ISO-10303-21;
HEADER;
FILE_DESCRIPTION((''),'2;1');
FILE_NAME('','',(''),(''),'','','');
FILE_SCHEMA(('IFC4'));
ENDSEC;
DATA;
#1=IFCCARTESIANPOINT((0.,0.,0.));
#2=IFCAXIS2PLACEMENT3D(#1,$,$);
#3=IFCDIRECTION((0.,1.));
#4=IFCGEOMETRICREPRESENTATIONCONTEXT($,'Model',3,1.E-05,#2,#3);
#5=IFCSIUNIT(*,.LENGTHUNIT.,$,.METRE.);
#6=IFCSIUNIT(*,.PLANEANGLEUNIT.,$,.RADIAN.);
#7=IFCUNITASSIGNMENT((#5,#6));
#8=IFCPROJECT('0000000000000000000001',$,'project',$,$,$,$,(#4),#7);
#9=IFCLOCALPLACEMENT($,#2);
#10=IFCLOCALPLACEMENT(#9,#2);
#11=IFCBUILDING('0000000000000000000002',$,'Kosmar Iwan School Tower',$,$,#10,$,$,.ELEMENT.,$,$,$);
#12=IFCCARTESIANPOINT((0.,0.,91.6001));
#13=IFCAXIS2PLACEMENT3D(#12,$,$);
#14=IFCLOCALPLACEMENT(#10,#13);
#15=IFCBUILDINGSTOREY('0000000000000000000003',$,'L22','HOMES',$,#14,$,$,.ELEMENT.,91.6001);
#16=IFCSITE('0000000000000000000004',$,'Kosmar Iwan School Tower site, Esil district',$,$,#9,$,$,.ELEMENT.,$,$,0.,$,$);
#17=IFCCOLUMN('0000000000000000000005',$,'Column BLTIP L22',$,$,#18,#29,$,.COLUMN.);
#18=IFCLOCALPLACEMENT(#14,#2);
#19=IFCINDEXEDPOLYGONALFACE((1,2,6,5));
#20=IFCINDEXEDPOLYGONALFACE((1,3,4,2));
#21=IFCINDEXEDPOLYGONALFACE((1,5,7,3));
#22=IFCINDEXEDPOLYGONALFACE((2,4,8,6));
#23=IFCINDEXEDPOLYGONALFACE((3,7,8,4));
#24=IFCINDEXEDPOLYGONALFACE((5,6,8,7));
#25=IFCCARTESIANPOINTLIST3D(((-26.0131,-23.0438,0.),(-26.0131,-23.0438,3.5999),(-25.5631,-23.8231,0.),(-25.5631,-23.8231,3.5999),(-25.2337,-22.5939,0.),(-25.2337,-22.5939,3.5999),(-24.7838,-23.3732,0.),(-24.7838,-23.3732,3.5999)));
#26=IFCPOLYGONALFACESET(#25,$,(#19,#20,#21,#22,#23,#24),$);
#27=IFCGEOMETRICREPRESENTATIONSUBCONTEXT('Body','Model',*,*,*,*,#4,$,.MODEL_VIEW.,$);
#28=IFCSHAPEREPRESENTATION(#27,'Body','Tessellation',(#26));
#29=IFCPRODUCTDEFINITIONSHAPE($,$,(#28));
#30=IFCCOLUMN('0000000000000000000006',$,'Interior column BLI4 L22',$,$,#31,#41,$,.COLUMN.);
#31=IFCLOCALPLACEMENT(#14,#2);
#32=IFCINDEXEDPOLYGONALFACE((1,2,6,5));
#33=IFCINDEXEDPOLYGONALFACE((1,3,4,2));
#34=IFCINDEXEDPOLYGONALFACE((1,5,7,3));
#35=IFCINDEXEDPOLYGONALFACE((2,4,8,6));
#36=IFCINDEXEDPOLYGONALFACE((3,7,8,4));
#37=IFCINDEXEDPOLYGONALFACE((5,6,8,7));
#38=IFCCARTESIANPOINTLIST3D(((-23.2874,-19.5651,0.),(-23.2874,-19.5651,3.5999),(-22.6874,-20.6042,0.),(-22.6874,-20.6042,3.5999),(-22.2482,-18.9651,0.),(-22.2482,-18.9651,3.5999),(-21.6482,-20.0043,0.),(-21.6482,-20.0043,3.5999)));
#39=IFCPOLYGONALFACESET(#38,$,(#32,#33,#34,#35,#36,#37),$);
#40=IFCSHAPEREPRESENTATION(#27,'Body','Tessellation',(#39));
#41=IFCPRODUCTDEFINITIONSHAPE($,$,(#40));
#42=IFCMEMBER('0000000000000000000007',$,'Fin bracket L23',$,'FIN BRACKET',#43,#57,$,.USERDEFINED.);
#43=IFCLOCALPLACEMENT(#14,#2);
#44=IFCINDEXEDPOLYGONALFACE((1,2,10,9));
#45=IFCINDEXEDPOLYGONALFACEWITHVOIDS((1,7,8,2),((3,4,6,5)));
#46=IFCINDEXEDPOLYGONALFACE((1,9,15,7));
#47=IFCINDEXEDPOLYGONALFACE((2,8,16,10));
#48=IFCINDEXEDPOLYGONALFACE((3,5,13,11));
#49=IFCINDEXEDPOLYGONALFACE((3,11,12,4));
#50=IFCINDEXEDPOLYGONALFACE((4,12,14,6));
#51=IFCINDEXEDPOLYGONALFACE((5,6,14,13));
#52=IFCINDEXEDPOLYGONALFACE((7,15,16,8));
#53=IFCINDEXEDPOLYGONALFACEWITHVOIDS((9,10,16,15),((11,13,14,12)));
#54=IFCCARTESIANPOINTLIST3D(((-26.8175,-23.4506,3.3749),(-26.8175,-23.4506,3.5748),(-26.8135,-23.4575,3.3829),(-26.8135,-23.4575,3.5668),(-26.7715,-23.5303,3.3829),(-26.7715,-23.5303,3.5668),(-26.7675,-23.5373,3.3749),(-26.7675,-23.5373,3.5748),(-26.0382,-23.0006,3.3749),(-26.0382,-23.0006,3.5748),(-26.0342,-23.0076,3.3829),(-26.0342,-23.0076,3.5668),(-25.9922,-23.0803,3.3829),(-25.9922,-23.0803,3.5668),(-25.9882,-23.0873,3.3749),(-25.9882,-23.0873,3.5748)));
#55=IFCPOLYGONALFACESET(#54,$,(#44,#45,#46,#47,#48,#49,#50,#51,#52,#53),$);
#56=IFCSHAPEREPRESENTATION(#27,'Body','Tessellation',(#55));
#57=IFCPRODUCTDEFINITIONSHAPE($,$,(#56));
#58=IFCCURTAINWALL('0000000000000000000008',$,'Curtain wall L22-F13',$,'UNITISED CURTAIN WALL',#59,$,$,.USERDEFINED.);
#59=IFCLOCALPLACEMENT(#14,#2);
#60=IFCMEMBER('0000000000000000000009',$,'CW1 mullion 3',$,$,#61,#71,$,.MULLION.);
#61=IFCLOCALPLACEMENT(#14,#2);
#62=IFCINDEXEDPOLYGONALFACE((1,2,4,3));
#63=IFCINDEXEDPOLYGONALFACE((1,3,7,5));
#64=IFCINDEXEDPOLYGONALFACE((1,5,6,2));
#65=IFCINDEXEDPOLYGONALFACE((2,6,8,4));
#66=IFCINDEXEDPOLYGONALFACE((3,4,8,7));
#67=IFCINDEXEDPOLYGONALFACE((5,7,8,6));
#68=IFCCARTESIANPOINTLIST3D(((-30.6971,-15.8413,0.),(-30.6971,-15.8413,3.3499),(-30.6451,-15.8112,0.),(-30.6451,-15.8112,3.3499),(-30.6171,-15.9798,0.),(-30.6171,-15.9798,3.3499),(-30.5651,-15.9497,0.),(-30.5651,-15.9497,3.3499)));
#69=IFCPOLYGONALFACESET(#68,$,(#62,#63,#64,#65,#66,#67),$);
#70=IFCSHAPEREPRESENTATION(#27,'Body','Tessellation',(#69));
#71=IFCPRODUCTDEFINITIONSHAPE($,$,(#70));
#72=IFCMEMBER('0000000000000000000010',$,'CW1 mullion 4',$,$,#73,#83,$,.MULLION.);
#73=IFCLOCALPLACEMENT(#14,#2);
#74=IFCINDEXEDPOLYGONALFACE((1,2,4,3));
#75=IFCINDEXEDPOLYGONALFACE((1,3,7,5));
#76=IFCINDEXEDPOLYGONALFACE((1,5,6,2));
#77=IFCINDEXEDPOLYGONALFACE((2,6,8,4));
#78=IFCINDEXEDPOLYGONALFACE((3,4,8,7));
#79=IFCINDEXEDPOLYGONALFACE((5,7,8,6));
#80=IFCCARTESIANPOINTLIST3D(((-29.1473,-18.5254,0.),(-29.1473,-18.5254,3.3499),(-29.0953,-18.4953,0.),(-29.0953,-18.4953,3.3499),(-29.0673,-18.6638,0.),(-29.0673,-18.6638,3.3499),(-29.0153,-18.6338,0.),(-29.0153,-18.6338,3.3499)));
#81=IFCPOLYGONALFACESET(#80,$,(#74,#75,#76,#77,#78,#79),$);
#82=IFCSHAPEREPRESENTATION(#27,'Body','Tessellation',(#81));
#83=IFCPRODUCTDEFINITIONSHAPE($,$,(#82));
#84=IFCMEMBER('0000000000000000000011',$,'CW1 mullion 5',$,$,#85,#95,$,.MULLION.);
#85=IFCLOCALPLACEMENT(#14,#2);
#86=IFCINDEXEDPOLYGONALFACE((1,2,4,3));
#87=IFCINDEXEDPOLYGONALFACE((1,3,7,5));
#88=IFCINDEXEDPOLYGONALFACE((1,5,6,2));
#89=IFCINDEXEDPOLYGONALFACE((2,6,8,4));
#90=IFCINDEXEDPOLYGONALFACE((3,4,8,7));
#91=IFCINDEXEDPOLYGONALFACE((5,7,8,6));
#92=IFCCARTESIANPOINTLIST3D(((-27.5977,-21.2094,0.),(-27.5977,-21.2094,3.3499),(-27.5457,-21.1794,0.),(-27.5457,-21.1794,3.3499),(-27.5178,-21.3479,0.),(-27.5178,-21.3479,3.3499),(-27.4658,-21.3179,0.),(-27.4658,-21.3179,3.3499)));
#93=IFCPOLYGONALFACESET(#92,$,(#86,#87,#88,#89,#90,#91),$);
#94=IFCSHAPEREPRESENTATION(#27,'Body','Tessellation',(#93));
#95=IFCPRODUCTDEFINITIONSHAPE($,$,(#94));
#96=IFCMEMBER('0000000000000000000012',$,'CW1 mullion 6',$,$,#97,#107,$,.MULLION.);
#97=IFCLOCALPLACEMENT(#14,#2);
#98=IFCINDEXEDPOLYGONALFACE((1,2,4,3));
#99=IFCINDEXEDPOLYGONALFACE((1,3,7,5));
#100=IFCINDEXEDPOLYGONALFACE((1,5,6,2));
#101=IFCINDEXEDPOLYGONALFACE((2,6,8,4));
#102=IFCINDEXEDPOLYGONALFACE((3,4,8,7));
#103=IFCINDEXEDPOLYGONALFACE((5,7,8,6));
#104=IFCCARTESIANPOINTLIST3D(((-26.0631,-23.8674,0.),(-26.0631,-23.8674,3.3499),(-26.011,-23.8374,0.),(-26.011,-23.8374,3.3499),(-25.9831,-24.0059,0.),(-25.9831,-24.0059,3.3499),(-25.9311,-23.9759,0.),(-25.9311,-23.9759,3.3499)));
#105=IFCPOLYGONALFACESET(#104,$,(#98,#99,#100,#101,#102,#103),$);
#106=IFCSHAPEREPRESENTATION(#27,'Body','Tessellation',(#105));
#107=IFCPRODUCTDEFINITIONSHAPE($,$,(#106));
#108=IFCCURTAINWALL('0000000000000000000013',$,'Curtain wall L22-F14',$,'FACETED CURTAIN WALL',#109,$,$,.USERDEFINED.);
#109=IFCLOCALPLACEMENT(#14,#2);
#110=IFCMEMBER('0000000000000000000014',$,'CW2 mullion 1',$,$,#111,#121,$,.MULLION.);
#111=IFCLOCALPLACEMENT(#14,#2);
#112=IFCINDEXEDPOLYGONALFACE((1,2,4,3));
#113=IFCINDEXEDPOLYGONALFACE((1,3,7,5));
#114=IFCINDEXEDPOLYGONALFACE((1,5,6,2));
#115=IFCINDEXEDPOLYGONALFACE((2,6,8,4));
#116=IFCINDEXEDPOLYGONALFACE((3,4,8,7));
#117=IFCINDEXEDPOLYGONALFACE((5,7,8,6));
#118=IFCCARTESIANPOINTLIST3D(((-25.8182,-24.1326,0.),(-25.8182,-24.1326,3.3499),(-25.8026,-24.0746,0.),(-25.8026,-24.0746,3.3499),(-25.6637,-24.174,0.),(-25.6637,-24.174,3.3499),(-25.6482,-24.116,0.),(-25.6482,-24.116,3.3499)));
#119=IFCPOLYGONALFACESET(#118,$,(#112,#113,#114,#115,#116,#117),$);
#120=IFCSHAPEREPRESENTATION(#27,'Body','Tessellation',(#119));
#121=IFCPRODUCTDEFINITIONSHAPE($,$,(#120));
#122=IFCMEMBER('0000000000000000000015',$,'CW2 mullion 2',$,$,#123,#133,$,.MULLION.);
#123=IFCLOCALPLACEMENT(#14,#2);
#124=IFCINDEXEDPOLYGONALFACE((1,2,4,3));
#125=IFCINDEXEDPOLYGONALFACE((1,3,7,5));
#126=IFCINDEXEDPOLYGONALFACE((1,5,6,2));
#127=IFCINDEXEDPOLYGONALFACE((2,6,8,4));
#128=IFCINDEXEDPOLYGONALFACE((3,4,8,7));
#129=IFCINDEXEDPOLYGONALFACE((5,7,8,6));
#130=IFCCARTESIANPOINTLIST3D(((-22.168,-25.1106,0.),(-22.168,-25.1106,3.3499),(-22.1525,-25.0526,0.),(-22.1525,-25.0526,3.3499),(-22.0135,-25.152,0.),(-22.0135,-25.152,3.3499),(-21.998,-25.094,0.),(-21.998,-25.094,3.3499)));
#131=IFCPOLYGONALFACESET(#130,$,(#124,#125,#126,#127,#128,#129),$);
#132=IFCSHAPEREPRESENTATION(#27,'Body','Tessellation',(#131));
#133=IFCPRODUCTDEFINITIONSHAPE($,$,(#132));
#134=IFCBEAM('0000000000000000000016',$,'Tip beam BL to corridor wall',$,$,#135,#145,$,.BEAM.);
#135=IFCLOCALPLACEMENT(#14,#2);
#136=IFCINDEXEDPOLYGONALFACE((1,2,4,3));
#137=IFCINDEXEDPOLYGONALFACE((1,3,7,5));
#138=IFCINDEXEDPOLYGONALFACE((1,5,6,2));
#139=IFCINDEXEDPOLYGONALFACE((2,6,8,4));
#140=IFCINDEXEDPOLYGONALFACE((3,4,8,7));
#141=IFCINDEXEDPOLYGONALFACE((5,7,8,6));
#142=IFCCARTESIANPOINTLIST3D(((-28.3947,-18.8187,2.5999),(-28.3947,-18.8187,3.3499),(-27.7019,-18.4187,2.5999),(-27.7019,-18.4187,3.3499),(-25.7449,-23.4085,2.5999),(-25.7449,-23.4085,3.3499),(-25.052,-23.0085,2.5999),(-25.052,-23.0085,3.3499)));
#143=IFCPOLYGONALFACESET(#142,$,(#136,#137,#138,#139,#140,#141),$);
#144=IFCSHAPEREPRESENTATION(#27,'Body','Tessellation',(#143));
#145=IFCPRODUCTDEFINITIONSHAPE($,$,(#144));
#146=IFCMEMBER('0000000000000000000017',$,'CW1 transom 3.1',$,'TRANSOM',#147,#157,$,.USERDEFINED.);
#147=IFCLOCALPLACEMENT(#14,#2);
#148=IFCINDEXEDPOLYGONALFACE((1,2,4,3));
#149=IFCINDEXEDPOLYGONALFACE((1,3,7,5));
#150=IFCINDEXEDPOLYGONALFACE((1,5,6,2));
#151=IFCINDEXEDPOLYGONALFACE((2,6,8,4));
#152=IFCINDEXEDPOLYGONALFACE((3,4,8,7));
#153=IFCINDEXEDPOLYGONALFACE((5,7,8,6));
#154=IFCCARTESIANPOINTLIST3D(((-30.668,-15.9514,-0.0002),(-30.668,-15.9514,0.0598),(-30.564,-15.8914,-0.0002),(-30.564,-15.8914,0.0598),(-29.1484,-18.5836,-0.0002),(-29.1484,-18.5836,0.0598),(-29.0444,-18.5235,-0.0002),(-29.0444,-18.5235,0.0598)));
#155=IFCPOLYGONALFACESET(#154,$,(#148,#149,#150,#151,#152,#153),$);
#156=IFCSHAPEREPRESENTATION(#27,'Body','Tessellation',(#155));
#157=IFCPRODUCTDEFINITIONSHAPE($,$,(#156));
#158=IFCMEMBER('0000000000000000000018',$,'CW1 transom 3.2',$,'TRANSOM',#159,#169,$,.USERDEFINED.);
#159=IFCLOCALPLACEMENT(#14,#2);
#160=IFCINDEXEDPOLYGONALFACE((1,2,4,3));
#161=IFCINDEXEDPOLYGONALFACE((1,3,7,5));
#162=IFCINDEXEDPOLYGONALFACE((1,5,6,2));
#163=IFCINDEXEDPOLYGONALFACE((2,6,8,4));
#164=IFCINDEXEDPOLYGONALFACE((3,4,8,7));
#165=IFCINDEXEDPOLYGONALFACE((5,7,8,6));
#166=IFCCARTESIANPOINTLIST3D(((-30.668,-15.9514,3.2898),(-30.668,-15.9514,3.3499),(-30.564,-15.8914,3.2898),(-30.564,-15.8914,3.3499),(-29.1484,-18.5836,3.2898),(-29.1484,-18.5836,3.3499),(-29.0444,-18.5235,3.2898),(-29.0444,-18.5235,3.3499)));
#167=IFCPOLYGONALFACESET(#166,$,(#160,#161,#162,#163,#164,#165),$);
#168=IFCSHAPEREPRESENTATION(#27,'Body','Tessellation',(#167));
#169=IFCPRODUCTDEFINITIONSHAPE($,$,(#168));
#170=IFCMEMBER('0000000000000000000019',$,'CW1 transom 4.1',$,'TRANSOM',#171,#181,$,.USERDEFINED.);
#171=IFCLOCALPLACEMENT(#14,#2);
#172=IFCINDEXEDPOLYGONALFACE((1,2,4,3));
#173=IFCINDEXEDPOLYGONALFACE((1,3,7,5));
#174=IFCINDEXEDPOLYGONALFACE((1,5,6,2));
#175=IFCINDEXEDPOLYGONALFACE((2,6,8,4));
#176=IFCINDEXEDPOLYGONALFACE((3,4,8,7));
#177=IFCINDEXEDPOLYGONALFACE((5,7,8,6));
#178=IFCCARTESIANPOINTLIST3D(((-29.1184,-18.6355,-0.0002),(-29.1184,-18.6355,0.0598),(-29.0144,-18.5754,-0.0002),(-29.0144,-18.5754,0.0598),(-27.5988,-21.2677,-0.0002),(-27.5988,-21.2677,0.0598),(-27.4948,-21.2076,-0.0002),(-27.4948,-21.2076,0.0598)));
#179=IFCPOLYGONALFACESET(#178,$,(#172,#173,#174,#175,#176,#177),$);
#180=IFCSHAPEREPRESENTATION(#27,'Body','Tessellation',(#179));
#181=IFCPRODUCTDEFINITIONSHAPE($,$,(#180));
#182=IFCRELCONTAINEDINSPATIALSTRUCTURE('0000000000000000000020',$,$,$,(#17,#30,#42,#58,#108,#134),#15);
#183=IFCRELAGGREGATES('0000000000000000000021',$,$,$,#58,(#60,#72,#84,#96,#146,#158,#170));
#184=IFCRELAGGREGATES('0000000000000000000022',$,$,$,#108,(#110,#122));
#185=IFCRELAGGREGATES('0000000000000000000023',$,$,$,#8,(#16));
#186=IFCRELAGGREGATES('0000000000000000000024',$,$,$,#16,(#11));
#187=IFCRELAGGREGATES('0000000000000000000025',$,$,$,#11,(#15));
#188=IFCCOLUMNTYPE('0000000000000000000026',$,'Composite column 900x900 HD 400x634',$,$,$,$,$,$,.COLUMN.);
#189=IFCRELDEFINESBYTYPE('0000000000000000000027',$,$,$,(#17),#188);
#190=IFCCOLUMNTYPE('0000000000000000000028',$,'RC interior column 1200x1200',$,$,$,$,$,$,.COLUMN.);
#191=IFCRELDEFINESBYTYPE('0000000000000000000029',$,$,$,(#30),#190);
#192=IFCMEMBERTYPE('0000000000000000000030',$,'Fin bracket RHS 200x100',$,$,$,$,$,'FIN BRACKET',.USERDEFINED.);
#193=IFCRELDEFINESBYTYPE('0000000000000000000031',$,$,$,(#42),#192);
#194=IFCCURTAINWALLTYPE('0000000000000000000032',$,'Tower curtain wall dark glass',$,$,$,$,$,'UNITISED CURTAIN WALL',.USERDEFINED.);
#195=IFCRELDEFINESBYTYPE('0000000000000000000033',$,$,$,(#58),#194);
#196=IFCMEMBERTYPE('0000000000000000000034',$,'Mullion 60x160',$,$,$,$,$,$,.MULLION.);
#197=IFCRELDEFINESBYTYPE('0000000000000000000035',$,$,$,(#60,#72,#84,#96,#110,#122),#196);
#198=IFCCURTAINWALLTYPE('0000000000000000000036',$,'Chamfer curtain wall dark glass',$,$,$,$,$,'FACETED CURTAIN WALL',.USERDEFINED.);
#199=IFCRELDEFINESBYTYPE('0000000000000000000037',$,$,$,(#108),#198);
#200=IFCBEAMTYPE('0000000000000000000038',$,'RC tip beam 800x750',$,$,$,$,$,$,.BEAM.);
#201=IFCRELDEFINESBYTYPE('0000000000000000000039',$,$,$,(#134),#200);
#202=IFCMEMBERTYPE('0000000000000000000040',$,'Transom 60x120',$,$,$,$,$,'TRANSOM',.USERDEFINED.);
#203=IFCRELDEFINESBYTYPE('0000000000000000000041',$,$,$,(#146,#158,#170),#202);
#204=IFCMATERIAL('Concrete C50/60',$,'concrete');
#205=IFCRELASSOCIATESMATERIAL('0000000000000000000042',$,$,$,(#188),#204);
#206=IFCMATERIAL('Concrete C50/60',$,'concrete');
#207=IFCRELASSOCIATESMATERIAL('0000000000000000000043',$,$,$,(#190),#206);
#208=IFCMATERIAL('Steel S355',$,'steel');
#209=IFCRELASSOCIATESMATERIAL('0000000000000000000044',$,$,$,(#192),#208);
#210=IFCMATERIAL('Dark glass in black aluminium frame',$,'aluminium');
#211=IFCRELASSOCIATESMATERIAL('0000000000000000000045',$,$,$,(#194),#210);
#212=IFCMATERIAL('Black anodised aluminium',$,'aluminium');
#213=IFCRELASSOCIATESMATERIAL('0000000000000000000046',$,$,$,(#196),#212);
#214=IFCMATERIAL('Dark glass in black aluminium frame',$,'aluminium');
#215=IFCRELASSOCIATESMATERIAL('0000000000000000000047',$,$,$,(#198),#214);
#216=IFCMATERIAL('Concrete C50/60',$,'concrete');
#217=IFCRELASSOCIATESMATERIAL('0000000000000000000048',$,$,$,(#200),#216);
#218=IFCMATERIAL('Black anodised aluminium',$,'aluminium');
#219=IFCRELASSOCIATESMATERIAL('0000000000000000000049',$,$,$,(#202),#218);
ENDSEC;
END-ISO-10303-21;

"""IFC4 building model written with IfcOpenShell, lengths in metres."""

from ifc_helpers import new_model, si_unit, direction, frame, origin, origin_2d, place, context, subcontext, project, spatial, rectangle, hollow_rectangle, extrude, material, material_profile, profile_set, type_object, element, aggregate, save


model = new_model("IFC4")

# Units and contexts
model_context = context("Model", 3, precision=1e-05, world=origin(), true_north=direction((0.0, 1.0)))
body_context = subcontext(model_context, "Body", "Model", "MODEL_VIEW")
ifc_project = project(units=[si_unit("LENGTHUNIT", "METRE"), si_unit("PLANEANGLEUNIT", "RADIAN")], contexts=[model_context])

# Site, building, storey
site_placement = place(None, origin())
site = spatial("IfcSite", under=ifc_project, at=site_placement, Name="Kosmar Iwan School Tower site, Esil district", CompositionType="ELEMENT", RefElevation=0.0)
building_placement = place(site_placement, origin())
building = spatial("IfcBuilding", under=site, at=building_placement, Name="Kosmar Iwan School Tower", CompositionType="ELEMENT")
storey_placement = place(building_placement, frame((0.0, 0.0, 91.6001)))
storey = spatial("IfcBuildingStorey", under=building, at=storey_placement, Name="L22", Description="HOMES", CompositionType="ELEMENT", Elevation=91.6001)

# Columns
ifc_material_1 = material(Name="Concrete C50/60", Category="concrete")
ifc_material_profile_1 = material_profile(ifc_material_1, rectangle(XDim=0.8999, YDim=0.8999, at=origin_2d()), Name="RC 900x900 + HD 400x634")
ifc_profile_set_1 = profile_set([ifc_material_profile_1], Name="Concrete C50/60")
column_type_1 = type_object("IfcColumnType", Name="Composite column 900x900 HD 400x634", PredefinedType="COLUMN", material=ifc_profile_set_1)
column_1_placement = place(storey_placement, frame((-25.3984, -23.2085, 0.0), z_axis=(0.0, 0.0, 1.0), x_axis=(-0.866025, -0.5, 0.0)))
element("IfcColumn", 1, at=column_1_placement, inside=storey, type_object=column_type_1, Name="Column BLTIP L22", PredefinedType="COLUMN", context=body_context, shape_type="SweptSolid", body=[
    extrude(rectangle(XDim=0.8999, YDim=0.8999, at=origin_2d()), origin(), (0.0, 0.0, 1.0), 3.5999),
])
ifc_material_2 = material(Name="Concrete C50/60", Category="concrete")
ifc_material_profile_2 = material_profile(ifc_material_2, rectangle(XDim=1.2, YDim=1.2, at=origin_2d()), Name="RC 1200x1200")
ifc_profile_set_2 = profile_set([ifc_material_profile_2], Name="Concrete C50/60")
column_type_2 = type_object("IfcColumnType", Name="RC interior column 1200x1200", PredefinedType="COLUMN", material=ifc_profile_set_2)
column_2_placement = place(storey_placement, frame((-22.4678, -19.7847, 0.0), z_axis=(0.0, 0.0, 1.0), x_axis=(-0.866025, -0.5, 0.0)))
element("IfcColumn", 2, at=column_2_placement, inside=storey, type_object=column_type_2, Name="Interior column BLI4 L22", PredefinedType="COLUMN", context=body_context, shape_type="SweptSolid", body=[
    extrude(rectangle(XDim=1.2, YDim=1.2, at=origin_2d()), origin(), (0.0, 0.0, 1.0), 3.5999),
])

# Member
ifc_material_3 = material(Name="Steel S355", Category="steel")
ifc_material_profile_3 = material_profile(ifc_material_3, hollow_rectangle(XDim=0.1001, YDim=0.2, WallThickness=0.0081, at=origin_2d()), Name="RHS 200x100x8")
ifc_profile_set_3 = profile_set([ifc_material_profile_3], Name="Steel S355")
member_type_1 = type_object("IfcMemberType", Name="Fin bracket RHS 200x100", ElementType="FIN BRACKET", PredefinedType="USERDEFINED", material=ifc_profile_set_3)
member_1_placement = place(storey_placement, frame((-26.0132, -23.0439, 3.4749), z_axis=(-0.866014, -0.50002, 0.0), x_axis=(0.50002, -0.866014, 0.0)))
element("IfcMember", 3, at=member_1_placement, inside=storey, type_object=member_type_1, Name="Fin bracket L23", ObjectType="FIN BRACKET", PredefinedType="USERDEFINED", context=body_context, shape_type="SweptSolid", body=[
    extrude(hollow_rectangle(XDim=0.1001, YDim=0.2, WallThickness=0.0081, at=origin_2d()), origin(), (0.0, 0.0, 1.0), 0.8999),
])

# Curtain walls, members
ifc_material_4 = material(Name="Dark glass in black aluminium frame", Category="aluminium")
curtain_wall_type_1 = type_object("IfcCurtainWallType", Name="Tower curtain wall dark glass", ElementType="UNITISED CURTAIN WALL", PredefinedType="USERDEFINED", material=ifc_material_4)
curtain_wall_1_placement = place(storey_placement, origin())
curtain_wall_1 = element("IfcCurtainWall", 4, at=curtain_wall_1_placement, inside=storey, type_object=curtain_wall_type_1, Name="Curtain wall L22-F13", ObjectType="UNITISED CURTAIN WALL", PredefinedType="USERDEFINED")
ifc_material_5 = material(Name="Black anodised aluminium", Category="aluminium")
ifc_material_profile_4 = material_profile(ifc_material_5, rectangle(XDim=0.0601, YDim=0.1599, at=origin_2d()), Name="MULLION 60x160")
ifc_profile_set_4 = profile_set([ifc_material_profile_4], Name="Black anodised aluminium")
member_type_2 = type_object("IfcMemberType", Name="Mullion 60x160", PredefinedType="MULLION", material=ifc_profile_set_4)
member_2_placement = place(storey_placement, frame((-30.6311, -15.8955, 0.0), z_axis=(0.0, 0.0, 1.0), x_axis=(0.866025, 0.5, 0.0)))
member_2 = element("IfcMember", 5, at=member_2_placement, type_object=member_type_2, Name="CW1 mullion 3", PredefinedType="MULLION", context=body_context, shape_type="SweptSolid", body=[
    extrude(rectangle(XDim=0.0601, YDim=0.1599, at=origin_2d()), origin(), (0.0, 0.0, 1.0), 3.3499),
])
member_3_placement = place(storey_placement, frame((-29.0813, -18.5796, 0.0), z_axis=(0.0, 0.0, 1.0), x_axis=(0.866025, 0.5, 0.0)))
member_3 = element("IfcMember", 6, at=member_3_placement, type_object=member_type_2, Name="CW1 mullion 4", PredefinedType="MULLION", context=body_context, shape_type="SweptSolid", body=[
    extrude(rectangle(XDim=0.0601, YDim=0.1599, at=origin_2d()), origin(), (0.0, 0.0, 1.0), 3.3499),
])
member_4_placement = place(storey_placement, frame((-27.5317, -21.2637, 0.0), z_axis=(0.0, 0.0, 1.0), x_axis=(0.866025, 0.5, 0.0)))
member_4 = element("IfcMember", 7, at=member_4_placement, type_object=member_type_2, Name="CW1 mullion 5", PredefinedType="MULLION", context=body_context, shape_type="SweptSolid", body=[
    extrude(rectangle(XDim=0.0601, YDim=0.1599, at=origin_2d()), origin(), (0.0, 0.0, 1.0), 3.3499),
])
member_5_placement = place(storey_placement, frame((-25.9971, -23.9216, 0.0), z_axis=(0.0, 0.0, 1.0), x_axis=(0.866025, 0.5, 0.0)))
member_5 = element("IfcMember", 8, at=member_5_placement, type_object=member_type_2, Name="CW1 mullion 6", PredefinedType="MULLION", context=body_context, shape_type="SweptSolid", body=[
    extrude(rectangle(XDim=0.0601, YDim=0.1599, at=origin_2d()), origin(), (0.0, 0.0, 1.0), 3.3499),
])
ifc_material_6 = material(Name="Dark glass in black aluminium frame", Category="aluminium")
curtain_wall_type_2 = type_object("IfcCurtainWallType", Name="Chamfer curtain wall dark glass", ElementType="FACETED CURTAIN WALL", PredefinedType="USERDEFINED", material=ifc_material_6)
curtain_wall_2_placement = place(storey_placement, origin())
curtain_wall_2 = element("IfcCurtainWall", 9, at=curtain_wall_2_placement, inside=storey, type_object=curtain_wall_type_2, Name="Curtain wall L22-F14", ObjectType="FACETED CURTAIN WALL", PredefinedType="USERDEFINED")
member_6_placement = place(storey_placement, frame((-25.7332, -24.1243, 0.0), z_axis=(0.0, 0.0, 1.0), x_axis=(0.258819, 0.965926, 0.0)))
member_6 = element("IfcMember", 10, at=member_6_placement, type_object=member_type_2, Name="CW2 mullion 1", PredefinedType="MULLION", context=body_context, shape_type="SweptSolid", body=[
    extrude(rectangle(XDim=0.0601, YDim=0.1599, at=origin_2d()), origin(), (0.0, 0.0, 1.0), 3.3499),
])
member_7_placement = place(storey_placement, frame((-22.083, -25.1023, 0.0), z_axis=(0.0, 0.0, 1.0), x_axis=(0.258819, 0.965926, 0.0)))
member_7 = element("IfcMember", 11, at=member_7_placement, type_object=member_type_2, Name="CW2 mullion 2", PredefinedType="MULLION", context=body_context, shape_type="SweptSolid", body=[
    extrude(rectangle(XDim=0.0601, YDim=0.1599, at=origin_2d()), origin(), (0.0, 0.0, 1.0), 3.3499),
])

# Beam
ifc_material_7 = material(Name="Concrete C50/60", Category="concrete")
ifc_material_profile_5 = material_profile(ifc_material_7, rectangle(XDim=0.8, YDim=0.75, at=origin_2d()), Name="RC 800x750")
ifc_profile_set_5 = profile_set([ifc_material_profile_5], Name="Concrete C50/60")
beam_type = type_object("IfcBeamType", Name="RC tip beam 800x750", PredefinedType="BEAM", material=ifc_profile_set_5)
beam_placement = place(storey_placement, frame((-25.3984, -23.2085, 2.9749), z_axis=(-0.499994, 0.866029, 0.0), x_axis=(-0.866029, -0.499994, 0.0)))
element("IfcBeam", 12, at=beam_placement, inside=storey, type_object=beam_type, Name="Tip beam BL to corridor wall", PredefinedType="BEAM", context=body_context, shape_type="SweptSolid", body=[
    extrude(rectangle(XDim=0.8, YDim=0.75, at=origin_2d()), origin(), (0.0, 0.0, 1.0), 5.2998),
])

# Members
ifc_material_8 = material(Name="Black anodised aluminium", Category="aluminium")
ifc_material_profile_6 = material_profile(ifc_material_8, rectangle(XDim=0.1201, YDim=0.0601, at=origin_2d()), Name="TRANSOM 60x120")
ifc_profile_set_6 = profile_set([ifc_material_profile_6], Name="Black anodised aluminium")
member_type_3 = type_object("IfcMemberType", Name="Transom 60x120", ElementType="TRANSOM", PredefinedType="USERDEFINED", material=ifc_profile_set_6)
member_8_placement = place(storey_placement, frame((-30.616, -15.9214, 0.0298), z_axis=(0.499975, -0.86604, 0.0), x_axis=(0.86604, 0.499975, 0.0)))
member_8 = element("IfcMember", 13, at=member_8_placement, type_object=member_type_3, Name="CW1 transom 3.1", ObjectType="TRANSOM", PredefinedType="USERDEFINED", context=body_context, shape_type="SweptSolid", body=[
    extrude(rectangle(XDim=0.1201, YDim=0.0601, at=origin_2d()), origin(), (0.0, 0.0, 1.0), 3.0393),
])
member_9_placement = place(storey_placement, frame((-30.616, -15.9214, 3.3198), z_axis=(0.499975, -0.86604, 0.0), x_axis=(0.86604, 0.499975, 0.0)))
member_9 = element("IfcMember", 14, at=member_9_placement, type_object=member_type_3, Name="CW1 transom 3.2", ObjectType="TRANSOM", PredefinedType="USERDEFINED", context=body_context, shape_type="SweptSolid", body=[
    extrude(rectangle(XDim=0.1201, YDim=0.0601, at=origin_2d()), origin(), (0.0, 0.0, 1.0), 3.0393),
])
member_10_placement = place(storey_placement, frame((-29.0664, -18.6055, 0.0298), z_axis=(0.499975, -0.86604, 0.0), x_axis=(0.86604, 0.499975, 0.0)))
member_10 = element("IfcMember", 15, at=member_10_placement, type_object=member_type_3, Name="CW1 transom 4.1", ObjectType="TRANSOM", PredefinedType="USERDEFINED", context=body_context, shape_type="SweptSolid", body=[
    extrude(rectangle(XDim=0.1201, YDim=0.0601, at=origin_2d()), origin(), (0.0, 0.0, 1.0), 3.0393),
])

aggregate(curtain_wall_1, [member_2, member_3, member_4, member_5, member_8, member_9, member_10])
aggregate(curtain_wall_2, [member_6, member_7])

save(model, "model.ifc")
